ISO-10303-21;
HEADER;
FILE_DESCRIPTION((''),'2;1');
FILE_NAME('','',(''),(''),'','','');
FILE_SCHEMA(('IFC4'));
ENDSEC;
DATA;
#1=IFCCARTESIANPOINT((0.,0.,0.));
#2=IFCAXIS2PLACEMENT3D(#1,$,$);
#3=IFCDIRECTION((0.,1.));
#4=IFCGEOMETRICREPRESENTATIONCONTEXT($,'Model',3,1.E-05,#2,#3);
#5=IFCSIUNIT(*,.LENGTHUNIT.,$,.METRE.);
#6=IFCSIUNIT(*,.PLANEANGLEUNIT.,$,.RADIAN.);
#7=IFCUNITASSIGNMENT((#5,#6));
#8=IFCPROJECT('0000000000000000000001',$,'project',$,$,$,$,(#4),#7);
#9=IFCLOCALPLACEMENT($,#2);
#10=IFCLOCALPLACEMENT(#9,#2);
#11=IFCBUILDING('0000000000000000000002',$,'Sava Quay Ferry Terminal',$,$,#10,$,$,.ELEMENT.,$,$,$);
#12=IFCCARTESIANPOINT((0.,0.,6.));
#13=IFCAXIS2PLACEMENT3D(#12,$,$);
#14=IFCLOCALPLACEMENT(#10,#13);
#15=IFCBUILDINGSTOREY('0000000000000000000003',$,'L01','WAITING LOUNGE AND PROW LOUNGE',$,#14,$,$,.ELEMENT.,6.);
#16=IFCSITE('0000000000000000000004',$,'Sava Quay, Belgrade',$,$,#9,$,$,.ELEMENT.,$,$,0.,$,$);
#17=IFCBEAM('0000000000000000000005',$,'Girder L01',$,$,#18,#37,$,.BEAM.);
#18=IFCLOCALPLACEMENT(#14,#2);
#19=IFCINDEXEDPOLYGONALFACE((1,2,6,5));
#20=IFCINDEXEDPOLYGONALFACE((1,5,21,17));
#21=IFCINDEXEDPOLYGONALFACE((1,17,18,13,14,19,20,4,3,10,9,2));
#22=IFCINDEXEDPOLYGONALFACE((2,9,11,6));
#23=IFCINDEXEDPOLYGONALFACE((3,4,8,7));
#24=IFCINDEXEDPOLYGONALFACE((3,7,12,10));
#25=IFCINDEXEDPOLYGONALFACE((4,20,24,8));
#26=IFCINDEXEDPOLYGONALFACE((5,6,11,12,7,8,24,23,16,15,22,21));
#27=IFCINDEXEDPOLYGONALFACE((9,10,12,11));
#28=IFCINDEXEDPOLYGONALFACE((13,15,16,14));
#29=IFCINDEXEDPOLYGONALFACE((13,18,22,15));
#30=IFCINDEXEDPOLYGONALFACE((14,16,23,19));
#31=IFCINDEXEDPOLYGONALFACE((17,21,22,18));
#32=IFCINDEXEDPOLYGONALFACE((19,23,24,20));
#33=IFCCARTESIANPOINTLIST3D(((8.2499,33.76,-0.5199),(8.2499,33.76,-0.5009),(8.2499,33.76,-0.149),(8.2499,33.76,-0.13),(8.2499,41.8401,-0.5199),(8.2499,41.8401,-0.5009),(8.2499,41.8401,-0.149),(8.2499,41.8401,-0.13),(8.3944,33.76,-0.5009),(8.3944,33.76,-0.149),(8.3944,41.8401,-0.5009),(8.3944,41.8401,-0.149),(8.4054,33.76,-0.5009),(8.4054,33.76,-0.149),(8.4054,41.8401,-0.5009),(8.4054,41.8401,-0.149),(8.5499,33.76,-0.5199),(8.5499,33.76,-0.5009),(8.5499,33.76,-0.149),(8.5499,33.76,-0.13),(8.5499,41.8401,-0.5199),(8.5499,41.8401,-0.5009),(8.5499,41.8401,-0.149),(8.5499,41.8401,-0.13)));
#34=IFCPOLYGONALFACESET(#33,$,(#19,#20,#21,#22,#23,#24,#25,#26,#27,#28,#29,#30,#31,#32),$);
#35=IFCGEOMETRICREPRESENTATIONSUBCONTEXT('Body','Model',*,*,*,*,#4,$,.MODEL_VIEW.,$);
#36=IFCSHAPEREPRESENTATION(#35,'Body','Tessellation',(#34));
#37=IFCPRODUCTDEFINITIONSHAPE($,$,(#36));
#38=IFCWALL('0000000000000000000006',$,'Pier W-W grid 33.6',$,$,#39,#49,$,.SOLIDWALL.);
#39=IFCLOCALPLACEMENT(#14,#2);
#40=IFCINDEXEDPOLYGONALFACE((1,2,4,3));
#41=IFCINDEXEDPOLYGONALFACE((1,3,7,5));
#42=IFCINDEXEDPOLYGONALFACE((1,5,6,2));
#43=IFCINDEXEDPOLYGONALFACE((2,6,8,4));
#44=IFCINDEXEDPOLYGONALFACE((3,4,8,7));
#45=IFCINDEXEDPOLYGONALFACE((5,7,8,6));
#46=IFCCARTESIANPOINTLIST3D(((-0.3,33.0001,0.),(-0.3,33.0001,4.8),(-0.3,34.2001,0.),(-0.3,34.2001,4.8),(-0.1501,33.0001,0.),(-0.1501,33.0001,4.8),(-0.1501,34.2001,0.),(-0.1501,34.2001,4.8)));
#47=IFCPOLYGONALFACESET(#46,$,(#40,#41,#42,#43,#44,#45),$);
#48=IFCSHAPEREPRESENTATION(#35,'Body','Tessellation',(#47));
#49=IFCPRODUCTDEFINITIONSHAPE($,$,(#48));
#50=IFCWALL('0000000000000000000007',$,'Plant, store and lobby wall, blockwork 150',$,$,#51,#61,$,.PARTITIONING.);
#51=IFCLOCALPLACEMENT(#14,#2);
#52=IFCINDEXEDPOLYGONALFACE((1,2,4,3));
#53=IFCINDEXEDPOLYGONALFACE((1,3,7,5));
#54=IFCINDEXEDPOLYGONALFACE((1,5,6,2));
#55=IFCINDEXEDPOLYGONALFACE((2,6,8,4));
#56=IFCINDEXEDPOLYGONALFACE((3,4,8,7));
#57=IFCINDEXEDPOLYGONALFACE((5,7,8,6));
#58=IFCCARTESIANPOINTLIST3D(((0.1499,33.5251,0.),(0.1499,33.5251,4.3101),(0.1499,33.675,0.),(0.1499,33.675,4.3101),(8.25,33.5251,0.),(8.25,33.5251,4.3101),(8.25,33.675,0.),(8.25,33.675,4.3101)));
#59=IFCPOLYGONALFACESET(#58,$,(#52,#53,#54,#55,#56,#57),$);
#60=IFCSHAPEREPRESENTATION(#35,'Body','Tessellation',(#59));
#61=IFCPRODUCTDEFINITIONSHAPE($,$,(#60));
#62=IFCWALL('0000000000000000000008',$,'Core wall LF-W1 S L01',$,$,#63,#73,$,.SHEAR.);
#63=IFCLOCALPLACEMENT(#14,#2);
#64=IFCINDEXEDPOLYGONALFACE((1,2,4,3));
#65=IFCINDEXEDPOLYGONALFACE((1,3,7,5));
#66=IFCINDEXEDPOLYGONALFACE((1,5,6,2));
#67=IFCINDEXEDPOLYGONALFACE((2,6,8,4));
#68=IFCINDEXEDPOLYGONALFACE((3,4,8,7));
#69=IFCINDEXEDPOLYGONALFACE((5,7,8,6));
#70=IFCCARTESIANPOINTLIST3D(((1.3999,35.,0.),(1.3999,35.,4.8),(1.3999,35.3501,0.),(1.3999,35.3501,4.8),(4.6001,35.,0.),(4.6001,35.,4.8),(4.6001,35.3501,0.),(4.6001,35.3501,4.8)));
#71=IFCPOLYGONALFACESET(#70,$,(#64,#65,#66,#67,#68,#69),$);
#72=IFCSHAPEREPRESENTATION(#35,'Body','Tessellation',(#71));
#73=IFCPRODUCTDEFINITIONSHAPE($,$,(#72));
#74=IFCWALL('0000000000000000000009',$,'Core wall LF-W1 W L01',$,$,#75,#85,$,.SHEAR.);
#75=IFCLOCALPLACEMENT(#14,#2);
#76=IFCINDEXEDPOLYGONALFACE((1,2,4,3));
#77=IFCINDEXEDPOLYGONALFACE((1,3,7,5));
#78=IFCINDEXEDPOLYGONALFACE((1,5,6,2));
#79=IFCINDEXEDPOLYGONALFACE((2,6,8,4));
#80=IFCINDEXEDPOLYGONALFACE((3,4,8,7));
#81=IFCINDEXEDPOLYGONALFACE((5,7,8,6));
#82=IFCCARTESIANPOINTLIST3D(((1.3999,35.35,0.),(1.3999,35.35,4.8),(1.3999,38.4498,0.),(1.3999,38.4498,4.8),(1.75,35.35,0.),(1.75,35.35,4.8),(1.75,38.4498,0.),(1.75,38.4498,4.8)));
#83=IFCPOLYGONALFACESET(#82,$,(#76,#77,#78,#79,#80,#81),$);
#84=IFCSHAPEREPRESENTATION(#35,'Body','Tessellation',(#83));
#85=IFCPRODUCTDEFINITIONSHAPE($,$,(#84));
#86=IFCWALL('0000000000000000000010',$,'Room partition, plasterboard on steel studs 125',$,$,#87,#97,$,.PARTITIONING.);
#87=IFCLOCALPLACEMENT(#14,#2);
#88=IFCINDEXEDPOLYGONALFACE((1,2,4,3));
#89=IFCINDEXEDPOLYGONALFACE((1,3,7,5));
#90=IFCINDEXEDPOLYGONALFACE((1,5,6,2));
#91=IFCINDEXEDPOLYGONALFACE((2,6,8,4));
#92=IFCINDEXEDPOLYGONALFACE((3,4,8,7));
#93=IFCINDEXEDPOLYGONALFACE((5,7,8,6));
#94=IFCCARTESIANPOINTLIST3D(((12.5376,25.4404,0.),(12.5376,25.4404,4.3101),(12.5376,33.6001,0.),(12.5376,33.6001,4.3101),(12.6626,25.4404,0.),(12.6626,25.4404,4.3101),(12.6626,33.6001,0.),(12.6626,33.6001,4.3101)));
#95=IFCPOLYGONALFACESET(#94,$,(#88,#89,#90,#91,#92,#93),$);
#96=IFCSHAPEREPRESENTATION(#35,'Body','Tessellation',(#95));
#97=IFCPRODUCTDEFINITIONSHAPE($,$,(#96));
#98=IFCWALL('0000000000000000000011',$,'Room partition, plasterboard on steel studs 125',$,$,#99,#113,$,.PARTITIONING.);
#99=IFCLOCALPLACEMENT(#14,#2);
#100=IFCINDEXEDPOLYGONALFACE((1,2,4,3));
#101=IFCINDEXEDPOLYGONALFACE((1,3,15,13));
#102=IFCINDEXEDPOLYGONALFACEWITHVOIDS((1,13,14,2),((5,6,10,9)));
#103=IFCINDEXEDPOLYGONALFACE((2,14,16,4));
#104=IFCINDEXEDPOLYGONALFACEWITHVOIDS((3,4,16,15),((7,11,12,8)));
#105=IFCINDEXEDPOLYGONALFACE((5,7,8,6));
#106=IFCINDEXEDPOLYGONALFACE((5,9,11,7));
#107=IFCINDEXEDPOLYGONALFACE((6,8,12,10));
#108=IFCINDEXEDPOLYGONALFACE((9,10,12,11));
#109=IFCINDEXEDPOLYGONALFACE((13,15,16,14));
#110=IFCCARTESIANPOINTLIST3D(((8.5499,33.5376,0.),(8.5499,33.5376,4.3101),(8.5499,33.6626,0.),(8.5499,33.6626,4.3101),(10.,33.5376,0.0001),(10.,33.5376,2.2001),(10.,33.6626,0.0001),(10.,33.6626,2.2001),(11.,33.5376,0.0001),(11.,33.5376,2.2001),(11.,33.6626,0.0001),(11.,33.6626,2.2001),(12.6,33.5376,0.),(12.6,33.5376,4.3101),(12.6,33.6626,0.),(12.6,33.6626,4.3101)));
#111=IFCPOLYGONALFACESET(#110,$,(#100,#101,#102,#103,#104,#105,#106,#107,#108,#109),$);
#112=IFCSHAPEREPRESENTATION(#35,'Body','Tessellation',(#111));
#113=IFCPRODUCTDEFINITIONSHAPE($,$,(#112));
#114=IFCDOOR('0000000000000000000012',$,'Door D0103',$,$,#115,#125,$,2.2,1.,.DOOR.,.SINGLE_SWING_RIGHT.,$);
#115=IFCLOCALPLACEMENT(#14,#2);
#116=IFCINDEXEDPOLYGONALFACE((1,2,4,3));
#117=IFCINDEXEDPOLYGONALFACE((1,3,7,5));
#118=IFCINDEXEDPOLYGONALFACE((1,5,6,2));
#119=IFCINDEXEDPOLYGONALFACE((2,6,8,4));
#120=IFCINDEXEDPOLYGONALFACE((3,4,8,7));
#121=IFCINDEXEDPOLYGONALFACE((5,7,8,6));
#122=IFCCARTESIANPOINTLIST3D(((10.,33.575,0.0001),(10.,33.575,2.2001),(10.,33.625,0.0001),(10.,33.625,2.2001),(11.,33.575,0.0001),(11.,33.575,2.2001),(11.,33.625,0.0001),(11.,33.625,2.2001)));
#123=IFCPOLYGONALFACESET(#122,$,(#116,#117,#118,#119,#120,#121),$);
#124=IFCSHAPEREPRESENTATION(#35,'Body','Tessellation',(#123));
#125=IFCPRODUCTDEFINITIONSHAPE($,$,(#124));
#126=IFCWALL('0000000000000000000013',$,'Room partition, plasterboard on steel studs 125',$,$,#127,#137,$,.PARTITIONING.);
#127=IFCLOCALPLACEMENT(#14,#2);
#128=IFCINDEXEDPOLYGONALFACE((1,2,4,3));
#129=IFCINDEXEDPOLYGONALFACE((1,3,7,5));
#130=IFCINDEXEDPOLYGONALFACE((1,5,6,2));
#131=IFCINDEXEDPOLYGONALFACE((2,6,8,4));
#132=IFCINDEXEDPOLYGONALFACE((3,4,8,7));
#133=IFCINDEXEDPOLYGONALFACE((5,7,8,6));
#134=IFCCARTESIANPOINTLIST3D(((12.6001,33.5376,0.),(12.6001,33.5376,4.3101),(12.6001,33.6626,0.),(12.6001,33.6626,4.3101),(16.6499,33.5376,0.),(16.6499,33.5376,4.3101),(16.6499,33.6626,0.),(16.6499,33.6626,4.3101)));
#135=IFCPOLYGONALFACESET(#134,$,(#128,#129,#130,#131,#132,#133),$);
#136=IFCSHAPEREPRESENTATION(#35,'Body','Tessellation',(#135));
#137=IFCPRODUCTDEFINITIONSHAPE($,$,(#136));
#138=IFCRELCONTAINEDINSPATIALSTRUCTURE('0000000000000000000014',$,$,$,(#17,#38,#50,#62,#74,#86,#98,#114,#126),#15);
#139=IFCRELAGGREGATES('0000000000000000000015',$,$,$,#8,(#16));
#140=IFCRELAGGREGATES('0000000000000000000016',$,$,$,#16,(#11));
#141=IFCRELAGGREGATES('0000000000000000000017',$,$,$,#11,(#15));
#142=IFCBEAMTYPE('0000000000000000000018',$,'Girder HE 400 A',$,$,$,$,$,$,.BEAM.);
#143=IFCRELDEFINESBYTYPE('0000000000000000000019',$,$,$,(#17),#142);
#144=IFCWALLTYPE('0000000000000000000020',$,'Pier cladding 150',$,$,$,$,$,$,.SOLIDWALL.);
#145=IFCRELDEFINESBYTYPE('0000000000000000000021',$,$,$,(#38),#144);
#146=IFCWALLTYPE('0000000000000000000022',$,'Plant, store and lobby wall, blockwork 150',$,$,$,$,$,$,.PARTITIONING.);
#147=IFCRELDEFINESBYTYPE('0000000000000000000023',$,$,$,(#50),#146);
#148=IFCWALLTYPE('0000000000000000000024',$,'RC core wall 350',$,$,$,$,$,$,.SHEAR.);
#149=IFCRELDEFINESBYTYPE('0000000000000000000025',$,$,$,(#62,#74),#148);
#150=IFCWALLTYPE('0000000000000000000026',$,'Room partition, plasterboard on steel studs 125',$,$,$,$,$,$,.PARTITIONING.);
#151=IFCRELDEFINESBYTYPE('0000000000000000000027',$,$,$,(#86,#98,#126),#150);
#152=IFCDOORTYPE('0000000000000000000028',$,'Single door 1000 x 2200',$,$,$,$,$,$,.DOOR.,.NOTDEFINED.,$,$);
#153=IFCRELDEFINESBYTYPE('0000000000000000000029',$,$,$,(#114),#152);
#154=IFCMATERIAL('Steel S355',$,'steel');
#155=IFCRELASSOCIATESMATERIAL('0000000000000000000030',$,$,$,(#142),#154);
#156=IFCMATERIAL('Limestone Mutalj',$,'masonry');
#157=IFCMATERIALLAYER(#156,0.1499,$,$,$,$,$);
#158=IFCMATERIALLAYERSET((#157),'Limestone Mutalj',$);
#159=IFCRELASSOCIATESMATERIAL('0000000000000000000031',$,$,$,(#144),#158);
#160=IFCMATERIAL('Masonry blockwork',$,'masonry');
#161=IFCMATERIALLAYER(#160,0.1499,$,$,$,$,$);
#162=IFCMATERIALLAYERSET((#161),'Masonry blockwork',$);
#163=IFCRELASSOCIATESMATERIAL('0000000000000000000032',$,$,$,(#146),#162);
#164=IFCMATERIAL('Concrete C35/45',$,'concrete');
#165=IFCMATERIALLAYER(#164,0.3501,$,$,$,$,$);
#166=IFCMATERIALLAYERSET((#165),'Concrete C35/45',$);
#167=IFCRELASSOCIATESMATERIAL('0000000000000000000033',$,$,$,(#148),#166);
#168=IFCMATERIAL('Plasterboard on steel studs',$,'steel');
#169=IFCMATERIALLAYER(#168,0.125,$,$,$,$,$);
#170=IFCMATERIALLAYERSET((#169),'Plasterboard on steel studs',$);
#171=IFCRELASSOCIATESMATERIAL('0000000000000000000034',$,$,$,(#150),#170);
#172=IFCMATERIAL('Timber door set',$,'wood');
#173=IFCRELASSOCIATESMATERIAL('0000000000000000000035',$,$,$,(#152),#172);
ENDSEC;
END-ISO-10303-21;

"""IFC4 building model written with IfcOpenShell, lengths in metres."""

from ifc_helpers import new_model, si_unit, direction, frame, frame_2d, origin, origin_2d, place, context, subcontext, project, spatial, rectangle, i_section, extrude, material, layer, layer_set, material_profile, profile_set, type_object, element, fill, save


model = new_model("IFC4")

# Units and contexts
model_context = context("Model", 3, precision=1e-05, world=origin(), true_north=direction((0.0, 1.0)))
body_context = subcontext(model_context, "Body", "Model", "MODEL_VIEW")
ifc_project = project(units=[si_unit("LENGTHUNIT", "METRE"), si_unit("PLANEANGLEUNIT", "RADIAN")], contexts=[model_context])

# Site, building, storey
site_placement = place(None, origin())
site = spatial("IfcSite", under=ifc_project, at=site_placement, Name="Sava Quay, Belgrade", CompositionType="ELEMENT", RefElevation=0.0)
building_placement = place(site_placement, origin())
building = spatial("IfcBuilding", under=site, at=building_placement, Name="Sava Quay Ferry Terminal", CompositionType="ELEMENT")
storey_placement = place(building_placement, frame((0.0, 0.0, 6.0)))
storey = spatial("IfcBuildingStorey", under=building, at=storey_placement, Name="L01", Description="WAITING LOUNGE AND PROW LOUNGE", CompositionType="ELEMENT", Elevation=6.0)

# Beam
ifc_material_1 = material(Name="Steel S355", Category="steel")
ifc_material_profile_1 = material_profile(ifc_material_1, i_section(OverallWidth=0.3, OverallDepth=0.3899, WebThickness=0.011, FlangeThickness=0.019, at=origin_2d()), Name="HE 400 A")
ifc_profile_set_1 = profile_set([ifc_material_profile_1], Name="Steel S355")
beam_type_1 = type_object("IfcBeamType", Name="Girder HE 400 A", PredefinedType="BEAM", material=ifc_profile_set_1)
beam_1_placement = place(storey_placement, frame((8.3999, 33.76, -0.325), z_axis=(0.0, 1.0, 0.0), x_axis=(-1.0, 0.0, 0.0)))
element("IfcBeam", 1, at=beam_1_placement, inside=storey, type_object=beam_type_1, Name="Girder L01", PredefinedType="BEAM", context=body_context, shape_type="SweptSolid", body=[
    extrude(i_section(OverallWidth=0.3, OverallDepth=0.3899, WebThickness=0.011, FlangeThickness=0.019, at=origin_2d()), origin(), (0.0, 0.0, 1.0), 8.0801),
])

# Walls
ifc_material_2 = material(Name="Limestone Mutalj", Category="masonry")
ifc_layer_1 = layer(ifc_material_2, 0.1499)
ifc_layer_set_1 = layer_set([ifc_layer_1], Name="Limestone Mutalj")
wall_type_1 = type_object("IfcWallType", Name="Pier cladding 150", PredefinedType="SOLIDWALL", material=ifc_layer_set_1)
wall_1_placement = place(storey_placement, frame((-0.2251, 33.0, 0.0), z_axis=(0.0, 0.0, 1.0), x_axis=(0.0, 1.0, 0.0)))
element("IfcWall", 2, at=wall_1_placement, inside=storey, type_object=wall_type_1, Name="Pier W-W grid 33.6", PredefinedType="SOLIDWALL", context=body_context, shape_type="SweptSolid", body=[
    extrude(rectangle(XDim=1.2, YDim=0.1499, at=frame_2d((0.6001, 0.0))), origin(), (0.0, 0.0, 1.0), 4.8),
])
ifc_material_3 = material(Name="Masonry blockwork", Category="masonry")
ifc_layer_2 = layer(ifc_material_3, 0.1499)
ifc_layer_set_2 = layer_set([ifc_layer_2], Name="Masonry blockwork")
wall_type_2 = type_object("IfcWallType", Name="Plant, store and lobby wall, blockwork 150", PredefinedType="PARTITIONING", material=ifc_layer_set_2)
wall_2_placement = place(storey_placement, frame((0.1499, 33.6001, 0.0), z_axis=(0.0, 0.0, 1.0), x_axis=(1.0, 0.0, 0.0)))
element("IfcWall", 3, at=wall_2_placement, inside=storey, type_object=wall_type_2, Name="Plant, store and lobby wall, blockwork 150", PredefinedType="PARTITIONING", context=body_context, shape_type="SweptSolid", body=[
    extrude(rectangle(XDim=8.1001, YDim=0.1499, at=frame_2d((4.05, 0.0))), origin(), (0.0, 0.0, 1.0), 4.3101),
])
ifc_material_4 = material(Name="Concrete C35/45", Category="concrete")
ifc_layer_3 = layer(ifc_material_4, 0.3501)
ifc_layer_set_3 = layer_set([ifc_layer_3], Name="Concrete C35/45")
wall_type_3 = type_object("IfcWallType", Name="RC core wall 350", PredefinedType="SHEAR", material=ifc_layer_set_3)
wall_3_placement = place(storey_placement, frame((1.3999, 35.175, 0.0), z_axis=(0.0, 0.0, 1.0), x_axis=(1.0, 0.0, 0.0)))
element("IfcWall", 4, at=wall_3_placement, inside=storey, type_object=wall_type_3, Name="Core wall LF-W1 S L01", PredefinedType="SHEAR", context=body_context, shape_type="SweptSolid", body=[
    extrude(rectangle(XDim=3.2002, YDim=0.3501, at=frame_2d((1.6001, 0.0))), origin(), (0.0, 0.0, 1.0), 4.8),
])
wall_4_placement = place(storey_placement, frame((1.575, 35.3501, 0.0), z_axis=(0.0, 0.0, 1.0), x_axis=(0.0, 1.0, 0.0)))
element("IfcWall", 5, at=wall_4_placement, inside=storey, type_object=wall_type_3, Name="Core wall LF-W1 W L01", PredefinedType="SHEAR", context=body_context, shape_type="SweptSolid", body=[
    extrude(rectangle(XDim=3.0999, YDim=0.3501, at=frame_2d((1.5498, 0.0))), origin(), (0.0, 0.0, 1.0), 4.8),
])
ifc_material_5 = material(Name="Plasterboard on steel studs", Category="steel")
ifc_layer_4 = layer(ifc_material_5, 0.125)
ifc_layer_set_4 = layer_set([ifc_layer_4], Name="Plasterboard on steel studs")
wall_type_4 = type_object("IfcWallType", Name="Room partition, plasterboard on steel studs 125", PredefinedType="PARTITIONING", material=ifc_layer_set_4)
wall_5_placement = place(storey_placement, frame((12.6001, 25.4404, 0.0), z_axis=(0.0, 0.0, 1.0), x_axis=(0.0, 1.0, 0.0)))
element("IfcWall", 6, at=wall_5_placement, inside=storey, type_object=wall_type_4, Name="Room partition, plasterboard on steel studs 125", PredefinedType="PARTITIONING", context=body_context, shape_type="SweptSolid", body=[
    extrude(rectangle(XDim=8.1597, YDim=0.125, at=frame_2d((4.0798, 0.0))), origin(), (0.0, 0.0, 1.0), 4.3101),
])

# Wall, opening, door
wall_6_placement = place(storey_placement, frame((8.55, 33.6001, 0.0), z_axis=(0.0, 0.0, 1.0), x_axis=(1.0, 0.0, 0.0)))
wall_6 = element("IfcWall", 7, at=wall_6_placement, inside=storey, type_object=wall_type_4, Name="Room partition, plasterboard on steel studs 125", PredefinedType="PARTITIONING", context=body_context, shape_type="SweptSolid", body=[
    extrude(rectangle(XDim=4.05, YDim=0.125, at=frame_2d((2.0249, 0.0))), origin(), (0.0, 0.0, 1.0), 4.3101),
])
opening_1_placement = place(wall_6_placement, frame((1.45, 0.0, 0.0)))
opening_1 = element("IfcOpeningElement", 8, at=opening_1_placement, cuts=wall_6, PredefinedType="OPENING", context=body_context, shape_type="SweptSolid", body=[
    extrude(rectangle(XDim=1.0, YDim=2.2, at=frame_2d((0.5, 1.1001))), frame((0.0, 0.0625, 0.0), z_axis=(0.0, -1.0, 0.0), x_axis=(1.0, 0.0, 0.0)), (0.0, 0.0, 1.0), 0.125),
])
ifc_material_6 = material(Name="Timber door set", Category="wood")
door_type = type_object("IfcDoorType", Name="Single door 1000 x 2200", OperationType="NOTDEFINED", PredefinedType="DOOR", material=ifc_material_6)
door_placement = place(opening_1_placement, origin())
door = element("IfcDoor", 9, at=door_placement, inside=storey, type_object=door_type, Name="Door D0103", OperationType="SINGLE_SWING_RIGHT", OverallHeight=2.2, OverallWidth=1.0, PredefinedType="DOOR", context=body_context, shape_type="SweptSolid", body=[
    extrude(rectangle(XDim=1.0, YDim=2.2, at=frame_2d((0.5, 1.1001))), frame((0.0, 0.0249, 0.0), z_axis=(0.0, -1.0, 0.0), x_axis=(1.0, 0.0, 0.0)), (0.0, 0.0, 1.0), 0.05),
])
fill(opening_1, door)

# Wall
wall_7_placement = place(storey_placement, frame((12.6001, 33.6001, 0.0), z_axis=(0.0, 0.0, 1.0), x_axis=(1.0, 0.0, 0.0)))
element("IfcWall", 10, at=wall_7_placement, inside=storey, type_object=wall_type_4, Name="Room partition, plasterboard on steel studs 125", PredefinedType="PARTITIONING", context=body_context, shape_type="SweptSolid", body=[
    extrude(rectangle(XDim=4.0498, YDim=0.125, at=frame_2d((2.0249, 0.0))), origin(), (0.0, 0.0, 1.0), 4.3101),
])

save(model, "model.ifc")
